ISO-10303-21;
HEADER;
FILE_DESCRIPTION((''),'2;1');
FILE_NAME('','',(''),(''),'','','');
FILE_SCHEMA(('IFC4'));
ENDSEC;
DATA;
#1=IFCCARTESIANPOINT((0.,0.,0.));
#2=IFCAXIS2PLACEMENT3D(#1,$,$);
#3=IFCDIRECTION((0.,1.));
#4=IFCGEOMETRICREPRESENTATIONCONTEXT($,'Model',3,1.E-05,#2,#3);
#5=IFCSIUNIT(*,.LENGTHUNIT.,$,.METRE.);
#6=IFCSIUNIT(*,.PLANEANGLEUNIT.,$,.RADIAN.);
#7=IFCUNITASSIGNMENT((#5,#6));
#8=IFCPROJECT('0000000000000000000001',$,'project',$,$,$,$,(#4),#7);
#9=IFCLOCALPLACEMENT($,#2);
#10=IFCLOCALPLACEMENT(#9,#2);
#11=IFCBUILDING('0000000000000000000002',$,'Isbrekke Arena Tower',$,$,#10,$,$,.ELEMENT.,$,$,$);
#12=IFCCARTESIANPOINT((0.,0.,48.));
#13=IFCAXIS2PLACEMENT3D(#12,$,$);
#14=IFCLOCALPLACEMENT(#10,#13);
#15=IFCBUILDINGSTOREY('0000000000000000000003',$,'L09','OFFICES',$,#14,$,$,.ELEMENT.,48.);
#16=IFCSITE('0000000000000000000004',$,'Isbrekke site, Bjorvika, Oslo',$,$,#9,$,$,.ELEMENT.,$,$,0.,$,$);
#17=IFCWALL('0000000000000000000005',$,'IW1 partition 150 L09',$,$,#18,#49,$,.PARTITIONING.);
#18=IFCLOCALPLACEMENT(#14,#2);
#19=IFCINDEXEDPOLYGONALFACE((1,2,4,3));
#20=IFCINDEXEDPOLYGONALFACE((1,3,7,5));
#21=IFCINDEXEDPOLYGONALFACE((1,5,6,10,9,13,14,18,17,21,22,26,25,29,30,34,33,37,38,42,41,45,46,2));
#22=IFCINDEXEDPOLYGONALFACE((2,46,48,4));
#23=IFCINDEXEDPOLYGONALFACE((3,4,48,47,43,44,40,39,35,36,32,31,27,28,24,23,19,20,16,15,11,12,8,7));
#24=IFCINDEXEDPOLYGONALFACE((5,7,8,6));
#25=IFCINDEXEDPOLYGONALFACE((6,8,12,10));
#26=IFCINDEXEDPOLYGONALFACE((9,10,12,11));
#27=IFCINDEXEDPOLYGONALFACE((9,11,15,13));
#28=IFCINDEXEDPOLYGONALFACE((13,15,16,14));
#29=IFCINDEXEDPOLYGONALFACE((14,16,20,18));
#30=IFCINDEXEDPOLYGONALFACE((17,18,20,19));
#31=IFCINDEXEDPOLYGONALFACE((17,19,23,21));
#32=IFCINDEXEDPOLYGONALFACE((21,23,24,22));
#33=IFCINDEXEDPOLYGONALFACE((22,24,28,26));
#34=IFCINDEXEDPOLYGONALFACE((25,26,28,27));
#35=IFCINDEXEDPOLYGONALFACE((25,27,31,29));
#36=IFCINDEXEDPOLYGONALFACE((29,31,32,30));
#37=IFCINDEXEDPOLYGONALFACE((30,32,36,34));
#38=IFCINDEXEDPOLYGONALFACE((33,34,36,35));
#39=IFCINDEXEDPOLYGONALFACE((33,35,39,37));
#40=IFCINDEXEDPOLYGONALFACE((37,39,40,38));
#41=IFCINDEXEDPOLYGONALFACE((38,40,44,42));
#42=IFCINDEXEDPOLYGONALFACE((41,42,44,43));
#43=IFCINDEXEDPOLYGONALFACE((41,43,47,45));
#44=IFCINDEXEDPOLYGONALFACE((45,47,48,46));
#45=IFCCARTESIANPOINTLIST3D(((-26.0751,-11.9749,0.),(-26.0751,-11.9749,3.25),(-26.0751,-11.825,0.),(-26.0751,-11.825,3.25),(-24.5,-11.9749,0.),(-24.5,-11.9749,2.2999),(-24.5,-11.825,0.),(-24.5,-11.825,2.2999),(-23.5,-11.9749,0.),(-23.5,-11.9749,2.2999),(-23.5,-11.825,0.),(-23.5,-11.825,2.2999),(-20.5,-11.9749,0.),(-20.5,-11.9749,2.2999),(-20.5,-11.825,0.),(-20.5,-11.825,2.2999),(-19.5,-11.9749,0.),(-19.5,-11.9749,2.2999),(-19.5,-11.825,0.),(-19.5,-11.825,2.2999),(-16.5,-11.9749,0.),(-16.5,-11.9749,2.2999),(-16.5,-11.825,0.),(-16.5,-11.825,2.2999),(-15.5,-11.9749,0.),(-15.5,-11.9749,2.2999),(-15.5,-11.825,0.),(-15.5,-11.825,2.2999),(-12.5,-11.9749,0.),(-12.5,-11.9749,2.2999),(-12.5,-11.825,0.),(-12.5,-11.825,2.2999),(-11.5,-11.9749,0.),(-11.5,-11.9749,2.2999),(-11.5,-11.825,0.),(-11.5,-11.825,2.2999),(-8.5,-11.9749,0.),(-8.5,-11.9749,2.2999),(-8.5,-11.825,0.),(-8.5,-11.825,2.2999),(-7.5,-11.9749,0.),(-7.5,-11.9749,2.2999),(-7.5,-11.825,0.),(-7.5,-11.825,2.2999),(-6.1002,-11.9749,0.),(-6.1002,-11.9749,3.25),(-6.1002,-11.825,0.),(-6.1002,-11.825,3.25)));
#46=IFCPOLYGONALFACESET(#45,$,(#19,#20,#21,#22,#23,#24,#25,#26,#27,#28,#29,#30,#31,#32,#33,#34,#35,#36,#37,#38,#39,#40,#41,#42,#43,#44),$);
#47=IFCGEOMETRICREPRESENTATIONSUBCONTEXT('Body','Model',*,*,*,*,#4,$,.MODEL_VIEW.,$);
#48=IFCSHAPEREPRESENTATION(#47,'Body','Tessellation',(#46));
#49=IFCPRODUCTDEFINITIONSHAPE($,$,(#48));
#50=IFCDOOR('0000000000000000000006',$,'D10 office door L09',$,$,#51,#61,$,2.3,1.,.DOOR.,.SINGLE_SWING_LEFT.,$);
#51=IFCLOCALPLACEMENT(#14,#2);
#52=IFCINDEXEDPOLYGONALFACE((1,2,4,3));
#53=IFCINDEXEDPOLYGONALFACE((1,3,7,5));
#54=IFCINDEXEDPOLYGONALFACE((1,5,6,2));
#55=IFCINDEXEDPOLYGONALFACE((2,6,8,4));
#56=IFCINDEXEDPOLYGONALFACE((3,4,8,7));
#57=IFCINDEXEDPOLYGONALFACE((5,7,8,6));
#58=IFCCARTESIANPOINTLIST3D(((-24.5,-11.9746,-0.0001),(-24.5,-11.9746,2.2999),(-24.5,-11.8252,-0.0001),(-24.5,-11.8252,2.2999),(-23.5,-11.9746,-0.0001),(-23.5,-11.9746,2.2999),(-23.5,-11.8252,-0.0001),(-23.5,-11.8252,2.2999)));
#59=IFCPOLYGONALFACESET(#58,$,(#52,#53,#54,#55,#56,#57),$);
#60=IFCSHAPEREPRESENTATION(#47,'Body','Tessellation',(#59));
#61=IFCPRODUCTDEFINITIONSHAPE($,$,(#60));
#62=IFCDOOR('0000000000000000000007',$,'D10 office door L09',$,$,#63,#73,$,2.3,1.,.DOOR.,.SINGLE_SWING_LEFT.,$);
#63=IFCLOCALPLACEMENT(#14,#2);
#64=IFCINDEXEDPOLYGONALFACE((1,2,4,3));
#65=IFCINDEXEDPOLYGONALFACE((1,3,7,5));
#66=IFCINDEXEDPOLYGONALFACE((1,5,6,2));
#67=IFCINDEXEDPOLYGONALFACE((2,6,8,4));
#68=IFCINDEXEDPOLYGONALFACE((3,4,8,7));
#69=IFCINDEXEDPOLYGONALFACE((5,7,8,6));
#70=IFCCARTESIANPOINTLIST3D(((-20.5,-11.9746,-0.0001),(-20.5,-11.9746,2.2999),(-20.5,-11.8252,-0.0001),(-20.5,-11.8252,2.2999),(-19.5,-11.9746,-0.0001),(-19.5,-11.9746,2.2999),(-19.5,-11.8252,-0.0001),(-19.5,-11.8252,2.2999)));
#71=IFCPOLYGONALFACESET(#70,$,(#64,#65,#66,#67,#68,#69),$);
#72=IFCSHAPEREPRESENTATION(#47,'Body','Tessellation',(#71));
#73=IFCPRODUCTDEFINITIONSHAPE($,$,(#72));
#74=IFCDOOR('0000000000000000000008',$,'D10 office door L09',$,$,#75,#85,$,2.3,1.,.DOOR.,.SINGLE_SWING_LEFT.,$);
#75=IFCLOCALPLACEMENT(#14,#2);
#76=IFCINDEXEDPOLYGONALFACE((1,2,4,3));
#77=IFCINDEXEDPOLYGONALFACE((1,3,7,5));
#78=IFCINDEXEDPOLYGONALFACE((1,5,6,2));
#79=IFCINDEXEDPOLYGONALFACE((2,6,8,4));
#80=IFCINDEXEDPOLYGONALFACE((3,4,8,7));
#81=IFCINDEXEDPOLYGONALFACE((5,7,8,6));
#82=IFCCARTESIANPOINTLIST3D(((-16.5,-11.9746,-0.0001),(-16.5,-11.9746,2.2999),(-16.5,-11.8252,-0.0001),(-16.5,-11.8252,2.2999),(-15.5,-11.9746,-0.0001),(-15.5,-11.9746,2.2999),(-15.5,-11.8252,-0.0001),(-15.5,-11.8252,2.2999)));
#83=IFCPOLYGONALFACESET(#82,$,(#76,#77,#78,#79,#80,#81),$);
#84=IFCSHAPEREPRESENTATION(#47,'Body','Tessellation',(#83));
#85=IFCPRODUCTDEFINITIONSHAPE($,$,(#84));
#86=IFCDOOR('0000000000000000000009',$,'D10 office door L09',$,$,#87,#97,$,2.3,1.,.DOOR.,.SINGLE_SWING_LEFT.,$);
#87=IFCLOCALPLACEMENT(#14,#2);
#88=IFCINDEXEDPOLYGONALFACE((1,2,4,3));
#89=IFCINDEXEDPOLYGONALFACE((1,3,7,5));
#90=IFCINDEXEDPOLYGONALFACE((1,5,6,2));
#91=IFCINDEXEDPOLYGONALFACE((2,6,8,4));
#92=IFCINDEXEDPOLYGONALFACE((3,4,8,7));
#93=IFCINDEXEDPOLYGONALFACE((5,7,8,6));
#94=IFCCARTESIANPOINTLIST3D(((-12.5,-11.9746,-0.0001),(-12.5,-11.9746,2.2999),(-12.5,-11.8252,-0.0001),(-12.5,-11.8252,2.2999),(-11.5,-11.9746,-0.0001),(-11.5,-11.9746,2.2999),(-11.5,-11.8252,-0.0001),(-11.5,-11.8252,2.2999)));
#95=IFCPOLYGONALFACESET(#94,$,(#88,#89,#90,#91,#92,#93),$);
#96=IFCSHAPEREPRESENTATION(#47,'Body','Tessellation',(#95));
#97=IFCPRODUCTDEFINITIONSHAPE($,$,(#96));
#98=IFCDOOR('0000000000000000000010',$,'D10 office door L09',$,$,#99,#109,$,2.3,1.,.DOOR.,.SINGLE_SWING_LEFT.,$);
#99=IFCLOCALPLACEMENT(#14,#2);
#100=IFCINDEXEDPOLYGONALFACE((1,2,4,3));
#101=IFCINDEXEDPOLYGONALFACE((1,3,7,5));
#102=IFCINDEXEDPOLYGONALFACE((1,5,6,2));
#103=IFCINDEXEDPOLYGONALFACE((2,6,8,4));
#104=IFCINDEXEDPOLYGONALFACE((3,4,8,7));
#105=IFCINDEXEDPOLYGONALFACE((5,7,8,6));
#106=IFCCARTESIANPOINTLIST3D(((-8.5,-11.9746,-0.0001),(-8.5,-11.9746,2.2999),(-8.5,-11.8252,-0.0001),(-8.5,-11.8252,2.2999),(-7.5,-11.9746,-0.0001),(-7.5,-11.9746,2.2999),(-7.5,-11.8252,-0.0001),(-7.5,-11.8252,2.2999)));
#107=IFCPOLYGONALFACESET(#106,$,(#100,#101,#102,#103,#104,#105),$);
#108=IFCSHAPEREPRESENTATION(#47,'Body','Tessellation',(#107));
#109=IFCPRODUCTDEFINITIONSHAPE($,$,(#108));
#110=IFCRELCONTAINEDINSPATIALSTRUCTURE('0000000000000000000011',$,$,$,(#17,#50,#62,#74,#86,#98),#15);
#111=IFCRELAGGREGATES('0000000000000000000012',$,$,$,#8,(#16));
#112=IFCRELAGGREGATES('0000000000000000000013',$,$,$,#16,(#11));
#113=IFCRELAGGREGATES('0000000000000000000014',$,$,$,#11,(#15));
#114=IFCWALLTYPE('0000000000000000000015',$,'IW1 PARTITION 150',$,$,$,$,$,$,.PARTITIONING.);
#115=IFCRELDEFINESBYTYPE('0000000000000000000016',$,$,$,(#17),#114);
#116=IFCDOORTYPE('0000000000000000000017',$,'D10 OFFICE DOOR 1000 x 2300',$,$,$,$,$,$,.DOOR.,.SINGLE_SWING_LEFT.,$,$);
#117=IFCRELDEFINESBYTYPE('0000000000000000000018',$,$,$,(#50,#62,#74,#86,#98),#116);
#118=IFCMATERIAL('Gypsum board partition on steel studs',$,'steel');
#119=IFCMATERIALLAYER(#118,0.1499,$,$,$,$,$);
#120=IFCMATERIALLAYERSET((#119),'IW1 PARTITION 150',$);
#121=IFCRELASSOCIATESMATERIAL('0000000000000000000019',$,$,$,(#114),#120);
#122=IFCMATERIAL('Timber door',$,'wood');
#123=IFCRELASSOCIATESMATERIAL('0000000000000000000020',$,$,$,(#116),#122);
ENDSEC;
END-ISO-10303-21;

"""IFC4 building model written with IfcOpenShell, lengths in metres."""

from ifc_helpers import new_model, si_unit, direction, frame, frame_2d, origin, place, context, subcontext, project, spatial, rectangle, extrude, material, layer, layer_set, type_object, element, fill, save


model = new_model("IFC4")

# Units and contexts
model_context = context("Model", 3, precision=1e-05, world=origin(), true_north=direction((0.0, 1.0)))
body_context = subcontext(model_context, "Body", "Model", "MODEL_VIEW")
ifc_project = project(units=[si_unit("LENGTHUNIT", "METRE"), si_unit("PLANEANGLEUNIT", "RADIAN")], contexts=[model_context])

# Site, building, storey
site_placement = place(None, origin())
site = spatial("IfcSite", under=ifc_project, at=site_placement, Name="Isbrekke site, Bjorvika, Oslo", CompositionType="ELEMENT", RefElevation=0.0)
building_placement = place(site_placement, origin())
building = spatial("IfcBuilding", under=site, at=building_placement, Name="Isbrekke Arena Tower", CompositionType="ELEMENT")
storey_placement = place(building_placement, frame((0.0, 0.0, 48.0)))
storey = spatial("IfcBuildingStorey", under=building, at=storey_placement, Name="L09", Description="OFFICES", CompositionType="ELEMENT", Elevation=48.0)

# Wall, openings, doors
ifc_material_1 = material(Name="Gypsum board partition on steel studs", Category="steel")
ifc_layer_1 = layer(ifc_material_1, 0.1499)
ifc_layer_set_1 = layer_set([ifc_layer_1], Name="IW1 PARTITION 150")
wall_type_1 = type_object("IfcWallType", Name="IW1 PARTITION 150", PredefinedType="PARTITIONING", material=ifc_layer_set_1)
wall_1_placement = place(storey_placement, frame((-26.075, -11.8999, 0.0), z_axis=(0.0, 0.0, 1.0), x_axis=(1.0, 0.0, 0.0)))
wall_1 = element("IfcWall", 1, at=wall_1_placement, inside=storey, type_object=wall_type_1, Name="IW1 partition 150 L09", PredefinedType="PARTITIONING", context=body_context, shape_type="SweptSolid", body=[
    extrude(rectangle(XDim=19.9749, YDim=0.1499, at=frame_2d((9.9873, 0.0))), origin(), (0.0, 0.0, 1.0), 3.25),
])
opening_1_placement = place(wall_1_placement, frame((1.575, 0.0, 0.0)))
opening_1 = element("IfcOpeningElement", 2, at=opening_1_placement, cuts=wall_1, PredefinedType="OPENING", context=body_context, shape_type="SweptSolid", body=[
    extrude(rectangle(XDim=1.0, YDim=2.3, at=frame_2d((0.5, 1.1499))), frame((0.0, 0.0898, 0.0), z_axis=(0.0, -1.0, 0.0), x_axis=(1.0, 0.0, 0.0)), (0.0, 0.0, 1.0), 0.1797),
])
opening_2_placement = place(wall_1_placement, frame((5.575, 0.0, 0.0)))
opening_2 = element("IfcOpeningElement", 3, at=opening_2_placement, cuts=wall_1, PredefinedType="OPENING", context=body_context, shape_type="SweptSolid", body=[
    extrude(rectangle(XDim=1.0, YDim=2.3, at=frame_2d((0.5, 1.1499))), frame((0.0, 0.0898, 0.0), z_axis=(0.0, -1.0, 0.0), x_axis=(1.0, 0.0, 0.0)), (0.0, 0.0, 1.0), 0.1797),
])
opening_3_placement = place(wall_1_placement, frame((9.575, 0.0, 0.0)))
opening_3 = element("IfcOpeningElement", 4, at=opening_3_placement, cuts=wall_1, PredefinedType="OPENING", context=body_context, shape_type="SweptSolid", body=[
    extrude(rectangle(XDim=1.0, YDim=2.3, at=frame_2d((0.5, 1.1499))), frame((0.0, 0.0898, 0.0), z_axis=(0.0, -1.0, 0.0), x_axis=(1.0, 0.0, 0.0)), (0.0, 0.0, 1.0), 0.1797),
])
opening_4_placement = place(wall_1_placement, frame((13.575, 0.0, 0.0)))
opening_4 = element("IfcOpeningElement", 5, at=opening_4_placement, cuts=wall_1, PredefinedType="OPENING", context=body_context, shape_type="SweptSolid", body=[
    extrude(rectangle(XDim=1.0, YDim=2.3, at=frame_2d((0.5, 1.1499))), frame((0.0, 0.0898, 0.0), z_axis=(0.0, -1.0, 0.0), x_axis=(1.0, 0.0, 0.0)), (0.0, 0.0, 1.0), 0.1797),
])
opening_5_placement = place(wall_1_placement, frame((17.575, 0.0, 0.0)))
opening_5 = element("IfcOpeningElement", 6, at=opening_5_placement, cuts=wall_1, PredefinedType="OPENING", context=body_context, shape_type="SweptSolid", body=[
    extrude(rectangle(XDim=1.0, YDim=2.3, at=frame_2d((0.5, 1.1499))), frame((0.0, 0.0898, 0.0), z_axis=(0.0, -1.0, 0.0), x_axis=(1.0, 0.0, 0.0)), (0.0, 0.0, 1.0), 0.1797),
])
ifc_material_2 = material(Name="Timber door", Category="wood")
door_type = type_object("IfcDoorType", Name="D10 OFFICE DOOR 1000 x 2300", OperationType="SINGLE_SWING_LEFT", PredefinedType="DOOR", material=ifc_material_2)
door_1_placement = place(opening_1_placement, origin())
door_1 = element("IfcDoor", 7, at=door_1_placement, inside=storey, type_object=door_type, Name="D10 office door L09", OperationType="SINGLE_SWING_LEFT", OverallHeight=2.3, OverallWidth=1.0, PredefinedType="DOOR", context=body_context, shape_type="SweptSolid", body=[
    extrude(rectangle(XDim=1.0, YDim=2.3, at=frame_2d((0.5, 1.1499))), frame((0.0, 0.0747, 0.0), z_axis=(0.0, -1.0, 0.0), x_axis=(1.0, 0.0, 0.0)), (0.0, 0.0, 1.0), 0.1494),
])
fill(opening_1, door_1)
door_2_placement = place(opening_2_placement, origin())
door_2 = element("IfcDoor", 8, at=door_2_placement, inside=storey, type_object=door_type, Name="D10 office door L09", OperationType="SINGLE_SWING_LEFT", OverallHeight=2.3, OverallWidth=1.0, PredefinedType="DOOR", context=body_context, shape_type="SweptSolid", body=[
    extrude(rectangle(XDim=1.0, YDim=2.3, at=frame_2d((0.5, 1.1499))), frame((0.0, 0.0747, 0.0), z_axis=(0.0, -1.0, 0.0), x_axis=(1.0, 0.0, 0.0)), (0.0, 0.0, 1.0), 0.1494),
])
fill(opening_2, door_2)
door_3_placement = place(opening_3_placement, origin())
door_3 = element("IfcDoor", 9, at=door_3_placement, inside=storey, type_object=door_type, Name="D10 office door L09", OperationType="SINGLE_SWING_LEFT", OverallHeight=2.3, OverallWidth=1.0, PredefinedType="DOOR", context=body_context, shape_type="SweptSolid", body=[
    extrude(rectangle(XDim=1.0, YDim=2.3, at=frame_2d((0.5, 1.1499))), frame((0.0, 0.0747, 0.0), z_axis=(0.0, -1.0, 0.0), x_axis=(1.0, 0.0, 0.0)), (0.0, 0.0, 1.0), 0.1494),
])
fill(opening_3, door_3)
door_4_placement = place(opening_4_placement, origin())
door_4 = element("IfcDoor", 10, at=door_4_placement, inside=storey, type_object=door_type, Name="D10 office door L09", OperationType="SINGLE_SWING_LEFT", OverallHeight=2.3, OverallWidth=1.0, PredefinedType="DOOR", context=body_context, shape_type="SweptSolid", body=[
    extrude(rectangle(XDim=1.0, YDim=2.3, at=frame_2d((0.5, 1.1499))), frame((0.0, 0.0747, 0.0), z_axis=(0.0, -1.0, 0.0), x_axis=(1.0, 0.0, 0.0)), (0.0, 0.0, 1.0), 0.1494),
])
fill(opening_4, door_4)
door_5_placement = place(opening_5_placement, origin())
door_5 = element("IfcDoor", 11, at=door_5_placement, inside=storey, type_object=door_type, Name="D10 office door L09", OperationType="SINGLE_SWING_LEFT", OverallHeight=2.3, OverallWidth=1.0, PredefinedType="DOOR", context=body_context, shape_type="SweptSolid", body=[
    extrude(rectangle(XDim=1.0, YDim=2.3, at=frame_2d((0.5, 1.1499))), frame((0.0, 0.0747, 0.0), z_axis=(0.0, -1.0, 0.0), x_axis=(1.0, 0.0, 0.0)), (0.0, 0.0, 1.0), 0.1494),
])
fill(opening_5, door_5)

save(model, "model.ifc")
